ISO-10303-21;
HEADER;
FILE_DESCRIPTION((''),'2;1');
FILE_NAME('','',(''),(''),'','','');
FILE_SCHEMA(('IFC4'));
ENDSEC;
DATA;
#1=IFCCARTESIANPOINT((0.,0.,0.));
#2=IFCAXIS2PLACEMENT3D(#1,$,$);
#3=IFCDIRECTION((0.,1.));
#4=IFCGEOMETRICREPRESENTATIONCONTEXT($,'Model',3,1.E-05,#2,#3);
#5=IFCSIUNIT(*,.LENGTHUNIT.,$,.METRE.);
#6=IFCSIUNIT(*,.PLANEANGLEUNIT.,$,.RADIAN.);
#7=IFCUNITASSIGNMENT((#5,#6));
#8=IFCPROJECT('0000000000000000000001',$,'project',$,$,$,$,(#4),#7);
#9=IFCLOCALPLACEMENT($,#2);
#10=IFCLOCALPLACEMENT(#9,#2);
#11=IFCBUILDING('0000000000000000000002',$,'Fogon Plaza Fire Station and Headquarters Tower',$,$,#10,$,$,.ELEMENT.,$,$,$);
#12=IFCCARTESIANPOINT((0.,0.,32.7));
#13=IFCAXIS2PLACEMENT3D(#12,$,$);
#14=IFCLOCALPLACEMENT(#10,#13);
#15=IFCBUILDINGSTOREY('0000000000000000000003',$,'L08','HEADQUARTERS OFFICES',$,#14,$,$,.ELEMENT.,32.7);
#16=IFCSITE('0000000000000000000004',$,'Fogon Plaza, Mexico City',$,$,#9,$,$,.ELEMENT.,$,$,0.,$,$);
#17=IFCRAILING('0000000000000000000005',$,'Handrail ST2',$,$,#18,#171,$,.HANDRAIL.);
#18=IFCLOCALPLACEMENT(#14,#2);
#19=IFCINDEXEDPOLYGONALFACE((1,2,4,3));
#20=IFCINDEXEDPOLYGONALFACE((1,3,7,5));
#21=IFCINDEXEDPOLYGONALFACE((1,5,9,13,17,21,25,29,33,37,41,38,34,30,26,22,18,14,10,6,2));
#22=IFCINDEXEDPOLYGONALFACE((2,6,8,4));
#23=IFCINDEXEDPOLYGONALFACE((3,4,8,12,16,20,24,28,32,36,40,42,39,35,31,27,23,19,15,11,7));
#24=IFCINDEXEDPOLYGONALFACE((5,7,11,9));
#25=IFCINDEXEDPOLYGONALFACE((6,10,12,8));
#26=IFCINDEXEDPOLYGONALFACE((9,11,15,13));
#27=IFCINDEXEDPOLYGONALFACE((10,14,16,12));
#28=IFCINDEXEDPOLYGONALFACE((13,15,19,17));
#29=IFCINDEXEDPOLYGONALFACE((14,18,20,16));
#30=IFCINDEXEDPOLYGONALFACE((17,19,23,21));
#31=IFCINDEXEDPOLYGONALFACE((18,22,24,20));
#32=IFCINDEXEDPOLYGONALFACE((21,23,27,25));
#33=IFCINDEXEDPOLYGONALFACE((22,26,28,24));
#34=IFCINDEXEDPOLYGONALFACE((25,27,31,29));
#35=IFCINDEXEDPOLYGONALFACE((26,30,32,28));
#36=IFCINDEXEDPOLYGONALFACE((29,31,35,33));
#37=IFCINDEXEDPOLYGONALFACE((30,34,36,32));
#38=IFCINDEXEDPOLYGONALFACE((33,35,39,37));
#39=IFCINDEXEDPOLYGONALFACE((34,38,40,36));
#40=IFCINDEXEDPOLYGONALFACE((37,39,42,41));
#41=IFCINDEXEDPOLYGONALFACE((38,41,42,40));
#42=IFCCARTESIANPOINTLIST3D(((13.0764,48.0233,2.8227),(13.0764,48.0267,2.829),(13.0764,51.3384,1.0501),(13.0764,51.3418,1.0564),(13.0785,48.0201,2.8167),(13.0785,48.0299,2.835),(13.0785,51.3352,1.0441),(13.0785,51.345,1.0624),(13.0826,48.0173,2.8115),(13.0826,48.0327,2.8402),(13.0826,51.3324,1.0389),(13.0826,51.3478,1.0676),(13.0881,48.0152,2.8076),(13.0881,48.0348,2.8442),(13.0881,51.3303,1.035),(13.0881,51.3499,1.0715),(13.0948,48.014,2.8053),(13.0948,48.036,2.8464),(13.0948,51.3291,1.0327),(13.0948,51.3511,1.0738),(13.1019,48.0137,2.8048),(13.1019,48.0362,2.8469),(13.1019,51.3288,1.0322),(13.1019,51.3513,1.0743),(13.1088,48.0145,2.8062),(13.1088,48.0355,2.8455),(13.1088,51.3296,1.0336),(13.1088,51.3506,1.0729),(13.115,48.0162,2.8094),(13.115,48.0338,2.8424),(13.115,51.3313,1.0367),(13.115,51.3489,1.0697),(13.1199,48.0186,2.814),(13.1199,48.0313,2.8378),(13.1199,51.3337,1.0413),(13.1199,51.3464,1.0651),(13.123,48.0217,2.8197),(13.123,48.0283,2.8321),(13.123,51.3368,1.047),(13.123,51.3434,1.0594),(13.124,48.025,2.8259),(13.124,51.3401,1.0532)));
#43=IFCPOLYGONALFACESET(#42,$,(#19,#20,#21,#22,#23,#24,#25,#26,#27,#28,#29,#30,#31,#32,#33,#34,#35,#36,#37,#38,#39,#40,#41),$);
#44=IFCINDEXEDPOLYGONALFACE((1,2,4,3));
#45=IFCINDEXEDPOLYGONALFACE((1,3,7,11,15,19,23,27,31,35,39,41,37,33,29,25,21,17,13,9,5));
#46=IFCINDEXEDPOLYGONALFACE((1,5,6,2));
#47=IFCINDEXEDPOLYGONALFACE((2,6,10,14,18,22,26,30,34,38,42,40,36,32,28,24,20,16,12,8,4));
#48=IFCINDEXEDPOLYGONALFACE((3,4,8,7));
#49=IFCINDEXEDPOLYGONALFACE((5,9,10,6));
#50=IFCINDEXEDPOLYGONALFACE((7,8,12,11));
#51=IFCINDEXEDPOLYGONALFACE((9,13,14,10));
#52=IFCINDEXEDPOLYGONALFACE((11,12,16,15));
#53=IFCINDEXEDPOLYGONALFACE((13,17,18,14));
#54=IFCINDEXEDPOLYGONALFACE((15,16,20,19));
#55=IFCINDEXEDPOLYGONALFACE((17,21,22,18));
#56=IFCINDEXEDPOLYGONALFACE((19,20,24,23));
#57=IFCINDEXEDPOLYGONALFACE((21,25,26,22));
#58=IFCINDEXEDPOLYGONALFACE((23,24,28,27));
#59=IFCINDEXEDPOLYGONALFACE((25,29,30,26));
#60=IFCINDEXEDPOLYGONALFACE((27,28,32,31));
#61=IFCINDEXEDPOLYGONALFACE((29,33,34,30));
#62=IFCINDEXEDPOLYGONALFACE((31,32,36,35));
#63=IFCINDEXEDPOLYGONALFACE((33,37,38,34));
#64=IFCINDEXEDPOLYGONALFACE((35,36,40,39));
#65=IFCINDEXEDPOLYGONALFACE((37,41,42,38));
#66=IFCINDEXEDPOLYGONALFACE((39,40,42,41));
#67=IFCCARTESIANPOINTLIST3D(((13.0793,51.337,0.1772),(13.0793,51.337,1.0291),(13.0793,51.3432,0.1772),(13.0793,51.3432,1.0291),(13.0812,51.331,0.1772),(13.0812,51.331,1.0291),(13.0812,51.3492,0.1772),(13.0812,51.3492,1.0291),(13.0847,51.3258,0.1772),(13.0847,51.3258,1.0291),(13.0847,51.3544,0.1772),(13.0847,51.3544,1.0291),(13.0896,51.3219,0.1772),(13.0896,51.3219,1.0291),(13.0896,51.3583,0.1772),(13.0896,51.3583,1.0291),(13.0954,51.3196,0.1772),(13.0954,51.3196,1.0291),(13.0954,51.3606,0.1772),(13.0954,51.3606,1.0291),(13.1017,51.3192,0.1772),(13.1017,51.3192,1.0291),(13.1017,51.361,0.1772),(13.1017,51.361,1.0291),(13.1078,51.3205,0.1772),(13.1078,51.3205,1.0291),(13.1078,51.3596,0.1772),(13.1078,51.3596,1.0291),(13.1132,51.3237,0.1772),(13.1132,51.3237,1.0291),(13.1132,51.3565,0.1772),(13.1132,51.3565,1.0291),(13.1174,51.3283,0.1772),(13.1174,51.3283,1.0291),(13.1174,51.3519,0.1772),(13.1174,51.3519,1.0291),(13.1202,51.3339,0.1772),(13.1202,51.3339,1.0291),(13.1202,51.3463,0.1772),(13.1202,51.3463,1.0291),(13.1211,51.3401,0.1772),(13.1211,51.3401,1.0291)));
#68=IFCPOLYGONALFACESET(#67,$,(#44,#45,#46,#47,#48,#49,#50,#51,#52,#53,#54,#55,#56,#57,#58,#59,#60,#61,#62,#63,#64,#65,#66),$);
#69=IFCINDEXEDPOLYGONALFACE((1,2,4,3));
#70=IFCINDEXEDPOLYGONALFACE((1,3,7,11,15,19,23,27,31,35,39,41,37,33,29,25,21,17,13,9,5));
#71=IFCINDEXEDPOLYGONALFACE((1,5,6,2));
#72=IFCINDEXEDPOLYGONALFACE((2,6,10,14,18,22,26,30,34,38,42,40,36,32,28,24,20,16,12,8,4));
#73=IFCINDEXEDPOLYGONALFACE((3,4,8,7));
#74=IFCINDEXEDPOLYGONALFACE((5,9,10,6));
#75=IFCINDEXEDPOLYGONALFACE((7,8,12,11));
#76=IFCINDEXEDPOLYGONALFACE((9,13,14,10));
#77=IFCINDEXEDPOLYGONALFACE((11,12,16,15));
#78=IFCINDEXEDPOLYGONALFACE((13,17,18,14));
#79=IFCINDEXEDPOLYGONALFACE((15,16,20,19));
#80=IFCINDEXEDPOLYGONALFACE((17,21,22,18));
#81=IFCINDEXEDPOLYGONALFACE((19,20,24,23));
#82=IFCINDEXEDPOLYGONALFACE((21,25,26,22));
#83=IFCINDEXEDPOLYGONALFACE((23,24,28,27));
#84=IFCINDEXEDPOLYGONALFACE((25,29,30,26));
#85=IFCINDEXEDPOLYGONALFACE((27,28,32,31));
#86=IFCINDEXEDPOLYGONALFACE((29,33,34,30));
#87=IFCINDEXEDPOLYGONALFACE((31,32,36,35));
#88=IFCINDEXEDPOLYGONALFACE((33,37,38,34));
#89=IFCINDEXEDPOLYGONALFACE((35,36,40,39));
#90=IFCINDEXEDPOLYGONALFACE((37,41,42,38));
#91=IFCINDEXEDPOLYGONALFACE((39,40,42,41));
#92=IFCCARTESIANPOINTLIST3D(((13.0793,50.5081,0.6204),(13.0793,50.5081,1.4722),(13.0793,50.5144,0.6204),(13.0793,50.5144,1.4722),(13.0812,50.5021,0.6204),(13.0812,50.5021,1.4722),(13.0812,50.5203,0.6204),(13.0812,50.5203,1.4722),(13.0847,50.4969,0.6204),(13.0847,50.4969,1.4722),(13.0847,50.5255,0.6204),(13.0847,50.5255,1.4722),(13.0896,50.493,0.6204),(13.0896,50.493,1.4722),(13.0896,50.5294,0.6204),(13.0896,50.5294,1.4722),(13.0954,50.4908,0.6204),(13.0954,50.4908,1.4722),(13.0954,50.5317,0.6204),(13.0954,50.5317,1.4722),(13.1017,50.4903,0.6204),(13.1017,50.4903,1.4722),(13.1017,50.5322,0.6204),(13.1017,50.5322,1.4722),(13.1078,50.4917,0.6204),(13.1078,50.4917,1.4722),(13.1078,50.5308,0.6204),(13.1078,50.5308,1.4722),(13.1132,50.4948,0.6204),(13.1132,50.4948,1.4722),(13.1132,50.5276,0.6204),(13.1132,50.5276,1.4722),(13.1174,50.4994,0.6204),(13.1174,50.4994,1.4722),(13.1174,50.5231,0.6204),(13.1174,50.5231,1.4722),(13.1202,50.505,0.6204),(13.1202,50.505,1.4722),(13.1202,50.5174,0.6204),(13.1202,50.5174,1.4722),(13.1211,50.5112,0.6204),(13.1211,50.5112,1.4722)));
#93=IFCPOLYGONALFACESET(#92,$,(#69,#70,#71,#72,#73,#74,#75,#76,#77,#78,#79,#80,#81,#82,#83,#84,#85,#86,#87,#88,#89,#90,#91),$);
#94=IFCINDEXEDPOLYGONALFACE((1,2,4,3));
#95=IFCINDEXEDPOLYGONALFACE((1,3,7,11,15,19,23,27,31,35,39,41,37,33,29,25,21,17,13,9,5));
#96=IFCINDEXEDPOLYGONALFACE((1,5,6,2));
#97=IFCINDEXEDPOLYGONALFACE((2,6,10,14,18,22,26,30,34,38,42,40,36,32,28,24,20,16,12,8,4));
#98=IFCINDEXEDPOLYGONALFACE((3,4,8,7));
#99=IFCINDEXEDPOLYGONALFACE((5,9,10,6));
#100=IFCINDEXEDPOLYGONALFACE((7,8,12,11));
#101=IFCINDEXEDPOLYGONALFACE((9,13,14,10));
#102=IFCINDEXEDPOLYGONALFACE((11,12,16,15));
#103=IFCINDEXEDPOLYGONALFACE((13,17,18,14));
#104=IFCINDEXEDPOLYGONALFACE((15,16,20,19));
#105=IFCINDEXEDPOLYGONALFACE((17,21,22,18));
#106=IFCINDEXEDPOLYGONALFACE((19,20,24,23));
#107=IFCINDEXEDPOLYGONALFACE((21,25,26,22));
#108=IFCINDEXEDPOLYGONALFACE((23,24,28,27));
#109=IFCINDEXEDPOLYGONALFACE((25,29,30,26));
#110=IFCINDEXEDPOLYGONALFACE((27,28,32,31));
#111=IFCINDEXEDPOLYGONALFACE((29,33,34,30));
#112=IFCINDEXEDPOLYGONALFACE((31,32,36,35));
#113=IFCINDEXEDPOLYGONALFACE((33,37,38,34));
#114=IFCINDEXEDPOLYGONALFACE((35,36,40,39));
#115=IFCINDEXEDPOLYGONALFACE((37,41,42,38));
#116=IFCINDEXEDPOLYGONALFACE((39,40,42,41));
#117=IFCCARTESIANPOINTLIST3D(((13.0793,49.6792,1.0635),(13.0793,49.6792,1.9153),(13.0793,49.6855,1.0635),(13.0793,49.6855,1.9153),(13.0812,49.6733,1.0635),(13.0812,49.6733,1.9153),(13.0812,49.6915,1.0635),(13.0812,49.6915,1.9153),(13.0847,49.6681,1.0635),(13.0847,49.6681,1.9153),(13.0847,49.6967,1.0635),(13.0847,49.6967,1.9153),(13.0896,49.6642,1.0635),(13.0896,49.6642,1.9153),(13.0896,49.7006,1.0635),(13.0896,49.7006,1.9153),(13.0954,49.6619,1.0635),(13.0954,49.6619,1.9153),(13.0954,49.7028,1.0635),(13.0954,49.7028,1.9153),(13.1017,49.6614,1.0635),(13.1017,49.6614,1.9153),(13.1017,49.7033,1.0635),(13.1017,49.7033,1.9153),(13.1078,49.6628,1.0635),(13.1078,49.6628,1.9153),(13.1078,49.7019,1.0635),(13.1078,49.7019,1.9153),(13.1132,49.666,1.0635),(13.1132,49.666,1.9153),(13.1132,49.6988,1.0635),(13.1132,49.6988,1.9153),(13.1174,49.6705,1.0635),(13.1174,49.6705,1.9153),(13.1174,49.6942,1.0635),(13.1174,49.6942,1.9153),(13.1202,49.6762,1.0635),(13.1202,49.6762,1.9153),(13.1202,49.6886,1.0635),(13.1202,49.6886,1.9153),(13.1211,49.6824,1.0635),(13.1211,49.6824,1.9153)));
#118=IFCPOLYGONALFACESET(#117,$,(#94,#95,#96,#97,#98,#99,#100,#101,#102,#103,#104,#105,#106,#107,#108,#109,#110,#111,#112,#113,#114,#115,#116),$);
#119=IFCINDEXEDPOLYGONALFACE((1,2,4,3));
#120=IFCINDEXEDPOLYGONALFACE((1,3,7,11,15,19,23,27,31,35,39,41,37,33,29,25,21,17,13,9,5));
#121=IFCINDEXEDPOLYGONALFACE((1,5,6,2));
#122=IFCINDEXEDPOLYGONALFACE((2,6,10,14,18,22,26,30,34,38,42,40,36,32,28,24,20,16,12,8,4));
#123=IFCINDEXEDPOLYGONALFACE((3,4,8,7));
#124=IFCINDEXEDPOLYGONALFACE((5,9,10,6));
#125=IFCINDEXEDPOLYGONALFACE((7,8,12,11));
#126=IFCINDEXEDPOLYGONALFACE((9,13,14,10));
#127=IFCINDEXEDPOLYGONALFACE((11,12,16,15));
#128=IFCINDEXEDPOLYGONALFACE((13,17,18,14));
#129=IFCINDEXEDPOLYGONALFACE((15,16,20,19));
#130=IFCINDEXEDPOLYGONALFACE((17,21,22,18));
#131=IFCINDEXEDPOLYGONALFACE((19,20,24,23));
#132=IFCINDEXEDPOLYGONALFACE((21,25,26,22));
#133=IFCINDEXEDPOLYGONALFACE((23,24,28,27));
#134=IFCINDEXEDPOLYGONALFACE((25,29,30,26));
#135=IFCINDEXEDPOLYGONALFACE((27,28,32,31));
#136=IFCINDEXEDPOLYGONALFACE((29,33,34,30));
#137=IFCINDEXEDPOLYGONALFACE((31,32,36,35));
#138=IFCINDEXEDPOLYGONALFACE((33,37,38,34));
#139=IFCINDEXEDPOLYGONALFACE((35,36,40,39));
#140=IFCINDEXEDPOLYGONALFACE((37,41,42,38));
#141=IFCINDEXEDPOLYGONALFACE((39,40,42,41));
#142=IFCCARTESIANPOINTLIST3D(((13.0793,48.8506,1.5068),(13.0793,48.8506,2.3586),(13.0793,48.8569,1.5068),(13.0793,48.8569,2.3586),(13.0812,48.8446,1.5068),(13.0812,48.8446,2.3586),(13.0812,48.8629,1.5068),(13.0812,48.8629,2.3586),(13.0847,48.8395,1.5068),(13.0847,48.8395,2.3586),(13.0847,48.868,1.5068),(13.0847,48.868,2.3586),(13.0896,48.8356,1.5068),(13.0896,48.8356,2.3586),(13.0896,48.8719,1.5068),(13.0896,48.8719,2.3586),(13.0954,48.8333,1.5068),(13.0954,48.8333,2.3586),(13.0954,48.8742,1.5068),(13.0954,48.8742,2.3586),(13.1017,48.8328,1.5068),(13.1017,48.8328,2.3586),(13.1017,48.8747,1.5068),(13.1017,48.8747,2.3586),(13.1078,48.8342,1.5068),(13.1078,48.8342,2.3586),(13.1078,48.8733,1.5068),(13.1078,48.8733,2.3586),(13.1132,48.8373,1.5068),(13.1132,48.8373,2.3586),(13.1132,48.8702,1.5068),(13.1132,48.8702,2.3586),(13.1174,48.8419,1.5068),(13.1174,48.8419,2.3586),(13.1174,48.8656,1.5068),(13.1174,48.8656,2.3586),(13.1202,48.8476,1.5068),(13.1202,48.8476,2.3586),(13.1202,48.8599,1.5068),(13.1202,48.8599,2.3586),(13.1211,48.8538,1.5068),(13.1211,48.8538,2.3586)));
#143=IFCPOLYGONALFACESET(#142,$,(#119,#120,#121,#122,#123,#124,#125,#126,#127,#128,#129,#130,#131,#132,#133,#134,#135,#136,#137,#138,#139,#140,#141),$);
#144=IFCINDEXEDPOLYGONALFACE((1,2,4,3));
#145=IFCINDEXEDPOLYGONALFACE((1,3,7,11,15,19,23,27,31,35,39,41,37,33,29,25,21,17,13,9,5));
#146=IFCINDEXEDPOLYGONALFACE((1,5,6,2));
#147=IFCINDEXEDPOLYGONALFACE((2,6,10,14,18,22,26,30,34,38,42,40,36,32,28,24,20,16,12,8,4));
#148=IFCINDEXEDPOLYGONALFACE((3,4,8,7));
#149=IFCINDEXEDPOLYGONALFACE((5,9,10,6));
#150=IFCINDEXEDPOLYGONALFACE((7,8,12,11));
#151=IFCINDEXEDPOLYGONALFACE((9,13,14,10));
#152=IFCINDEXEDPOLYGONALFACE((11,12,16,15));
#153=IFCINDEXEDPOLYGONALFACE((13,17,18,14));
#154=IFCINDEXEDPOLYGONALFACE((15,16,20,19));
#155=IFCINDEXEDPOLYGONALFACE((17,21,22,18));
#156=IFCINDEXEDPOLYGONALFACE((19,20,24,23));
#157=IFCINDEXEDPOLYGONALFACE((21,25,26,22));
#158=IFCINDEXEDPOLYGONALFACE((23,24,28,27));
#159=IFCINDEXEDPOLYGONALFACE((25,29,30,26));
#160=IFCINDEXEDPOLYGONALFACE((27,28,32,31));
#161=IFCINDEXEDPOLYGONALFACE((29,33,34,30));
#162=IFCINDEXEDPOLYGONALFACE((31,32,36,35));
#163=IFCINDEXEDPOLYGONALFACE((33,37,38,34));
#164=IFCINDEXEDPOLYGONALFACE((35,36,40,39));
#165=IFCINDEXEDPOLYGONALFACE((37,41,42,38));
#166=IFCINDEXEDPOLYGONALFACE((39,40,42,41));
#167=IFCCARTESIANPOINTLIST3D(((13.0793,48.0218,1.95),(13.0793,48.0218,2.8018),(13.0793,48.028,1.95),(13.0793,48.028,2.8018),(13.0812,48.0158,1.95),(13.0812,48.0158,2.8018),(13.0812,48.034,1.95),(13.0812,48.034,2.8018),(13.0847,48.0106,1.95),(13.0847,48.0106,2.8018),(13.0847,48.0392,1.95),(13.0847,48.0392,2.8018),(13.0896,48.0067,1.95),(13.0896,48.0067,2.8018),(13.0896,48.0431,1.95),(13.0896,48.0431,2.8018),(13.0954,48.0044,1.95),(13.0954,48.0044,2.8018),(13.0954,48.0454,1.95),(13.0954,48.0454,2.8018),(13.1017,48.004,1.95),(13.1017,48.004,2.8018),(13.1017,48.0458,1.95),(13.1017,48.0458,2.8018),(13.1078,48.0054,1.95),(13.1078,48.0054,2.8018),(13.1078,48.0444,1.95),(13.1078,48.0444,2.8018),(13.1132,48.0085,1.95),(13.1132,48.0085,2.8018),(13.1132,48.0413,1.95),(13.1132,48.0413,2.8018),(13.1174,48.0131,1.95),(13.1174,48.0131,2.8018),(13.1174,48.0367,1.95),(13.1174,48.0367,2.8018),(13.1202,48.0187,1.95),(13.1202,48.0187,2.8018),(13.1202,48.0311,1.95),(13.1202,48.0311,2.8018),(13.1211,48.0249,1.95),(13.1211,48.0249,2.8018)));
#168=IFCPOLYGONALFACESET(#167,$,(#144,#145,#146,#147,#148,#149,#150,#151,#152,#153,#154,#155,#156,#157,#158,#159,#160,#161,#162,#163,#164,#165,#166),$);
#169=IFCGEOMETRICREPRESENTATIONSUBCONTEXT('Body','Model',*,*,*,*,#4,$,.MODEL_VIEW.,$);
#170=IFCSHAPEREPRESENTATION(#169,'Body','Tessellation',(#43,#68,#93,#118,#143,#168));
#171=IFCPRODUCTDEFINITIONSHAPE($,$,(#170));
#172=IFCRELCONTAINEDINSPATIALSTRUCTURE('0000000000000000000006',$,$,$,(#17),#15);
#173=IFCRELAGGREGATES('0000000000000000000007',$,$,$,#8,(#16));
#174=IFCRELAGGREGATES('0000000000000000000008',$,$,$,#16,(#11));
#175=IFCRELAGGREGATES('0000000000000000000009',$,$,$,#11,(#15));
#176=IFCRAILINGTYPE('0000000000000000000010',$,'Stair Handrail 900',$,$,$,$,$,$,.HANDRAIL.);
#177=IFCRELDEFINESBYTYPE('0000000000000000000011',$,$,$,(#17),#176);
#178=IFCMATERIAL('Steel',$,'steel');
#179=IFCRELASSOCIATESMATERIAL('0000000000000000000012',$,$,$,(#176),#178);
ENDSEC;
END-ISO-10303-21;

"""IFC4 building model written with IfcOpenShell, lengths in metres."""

from ifc_helpers import new_model, si_unit, direction, frame, origin, origin_2d, place, context, subcontext, project, spatial, circle, extrude, material, type_object, element, save


model = new_model("IFC4")

# Units and contexts
model_context = context("Model", 3, precision=1e-05, world=origin(), true_north=direction((0.0, 1.0)))
body_context = subcontext(model_context, "Body", "Model", "MODEL_VIEW")
ifc_project = project(units=[si_unit("LENGTHUNIT", "METRE"), si_unit("PLANEANGLEUNIT", "RADIAN")], contexts=[model_context])

# Site, building, storey
site_placement = place(None, origin())
site = spatial("IfcSite", under=ifc_project, at=site_placement, Name="Fogon Plaza, Mexico City", CompositionType="ELEMENT", RefElevation=0.0)
building_placement = place(site_placement, origin())
building = spatial("IfcBuilding", under=site, at=building_placement, Name="Fogon Plaza Fire Station and Headquarters Tower", CompositionType="ELEMENT")
storey_placement = place(building_placement, frame((0.0, 0.0, 32.7)))
storey = spatial("IfcBuildingStorey", under=building, at=storey_placement, Name="L08", Description="HEADQUARTERS OFFICES", CompositionType="ELEMENT", Elevation=32.7)

# Railing
ifc_material_1 = material(Name="Steel", Category="steel")
railing_type = type_object("IfcRailingType", Name="Stair Handrail 900", PredefinedType="HANDRAIL", material=ifc_material_1)
for number, where, name in (
    (1, (13.1001, 51.3401, 0.1772), "Handrail ST2"),
):
    element("IfcRailing", number, at=place(storey_placement, frame(where)), inside=storey, type_object=railing_type, Name=name, PredefinedType="HANDRAIL", context=body_context, shape_type="SweptSolid", body=[
        extrude(circle(Radius=0.0239, at=origin_2d()), frame((0.0, 0.0, 0.876), z_axis=(0.0, -0.881844, 0.471542), x_axis=(1.0, 0.0, 0.0)), (0.0, 0.0, 1.0), 3.7593),
        extrude(circle(Radius=0.021, at=origin_2d()), origin(), (0.0, 0.0, 1.0), 0.8518),
        extrude(circle(Radius=0.021, at=origin_2d()), frame((0.0, -0.8289, 0.4431)), (0.0, 0.0, 1.0), 0.8518),
        extrude(circle(Radius=0.021, at=origin_2d()), frame((0.0, -1.6577, 0.8862)), (0.0, 0.0, 1.0), 0.8518),
        extrude(circle(Radius=0.021, at=origin_2d()), frame((0.0, -2.4863, 1.3296)), (0.0, 0.0, 1.0), 0.8518),
        extrude(circle(Radius=0.021, at=origin_2d()), frame((0.0, -3.3152, 1.7727)), (0.0, 0.0, 1.0), 0.8518),
    ])

save(model, "model.ifc")
